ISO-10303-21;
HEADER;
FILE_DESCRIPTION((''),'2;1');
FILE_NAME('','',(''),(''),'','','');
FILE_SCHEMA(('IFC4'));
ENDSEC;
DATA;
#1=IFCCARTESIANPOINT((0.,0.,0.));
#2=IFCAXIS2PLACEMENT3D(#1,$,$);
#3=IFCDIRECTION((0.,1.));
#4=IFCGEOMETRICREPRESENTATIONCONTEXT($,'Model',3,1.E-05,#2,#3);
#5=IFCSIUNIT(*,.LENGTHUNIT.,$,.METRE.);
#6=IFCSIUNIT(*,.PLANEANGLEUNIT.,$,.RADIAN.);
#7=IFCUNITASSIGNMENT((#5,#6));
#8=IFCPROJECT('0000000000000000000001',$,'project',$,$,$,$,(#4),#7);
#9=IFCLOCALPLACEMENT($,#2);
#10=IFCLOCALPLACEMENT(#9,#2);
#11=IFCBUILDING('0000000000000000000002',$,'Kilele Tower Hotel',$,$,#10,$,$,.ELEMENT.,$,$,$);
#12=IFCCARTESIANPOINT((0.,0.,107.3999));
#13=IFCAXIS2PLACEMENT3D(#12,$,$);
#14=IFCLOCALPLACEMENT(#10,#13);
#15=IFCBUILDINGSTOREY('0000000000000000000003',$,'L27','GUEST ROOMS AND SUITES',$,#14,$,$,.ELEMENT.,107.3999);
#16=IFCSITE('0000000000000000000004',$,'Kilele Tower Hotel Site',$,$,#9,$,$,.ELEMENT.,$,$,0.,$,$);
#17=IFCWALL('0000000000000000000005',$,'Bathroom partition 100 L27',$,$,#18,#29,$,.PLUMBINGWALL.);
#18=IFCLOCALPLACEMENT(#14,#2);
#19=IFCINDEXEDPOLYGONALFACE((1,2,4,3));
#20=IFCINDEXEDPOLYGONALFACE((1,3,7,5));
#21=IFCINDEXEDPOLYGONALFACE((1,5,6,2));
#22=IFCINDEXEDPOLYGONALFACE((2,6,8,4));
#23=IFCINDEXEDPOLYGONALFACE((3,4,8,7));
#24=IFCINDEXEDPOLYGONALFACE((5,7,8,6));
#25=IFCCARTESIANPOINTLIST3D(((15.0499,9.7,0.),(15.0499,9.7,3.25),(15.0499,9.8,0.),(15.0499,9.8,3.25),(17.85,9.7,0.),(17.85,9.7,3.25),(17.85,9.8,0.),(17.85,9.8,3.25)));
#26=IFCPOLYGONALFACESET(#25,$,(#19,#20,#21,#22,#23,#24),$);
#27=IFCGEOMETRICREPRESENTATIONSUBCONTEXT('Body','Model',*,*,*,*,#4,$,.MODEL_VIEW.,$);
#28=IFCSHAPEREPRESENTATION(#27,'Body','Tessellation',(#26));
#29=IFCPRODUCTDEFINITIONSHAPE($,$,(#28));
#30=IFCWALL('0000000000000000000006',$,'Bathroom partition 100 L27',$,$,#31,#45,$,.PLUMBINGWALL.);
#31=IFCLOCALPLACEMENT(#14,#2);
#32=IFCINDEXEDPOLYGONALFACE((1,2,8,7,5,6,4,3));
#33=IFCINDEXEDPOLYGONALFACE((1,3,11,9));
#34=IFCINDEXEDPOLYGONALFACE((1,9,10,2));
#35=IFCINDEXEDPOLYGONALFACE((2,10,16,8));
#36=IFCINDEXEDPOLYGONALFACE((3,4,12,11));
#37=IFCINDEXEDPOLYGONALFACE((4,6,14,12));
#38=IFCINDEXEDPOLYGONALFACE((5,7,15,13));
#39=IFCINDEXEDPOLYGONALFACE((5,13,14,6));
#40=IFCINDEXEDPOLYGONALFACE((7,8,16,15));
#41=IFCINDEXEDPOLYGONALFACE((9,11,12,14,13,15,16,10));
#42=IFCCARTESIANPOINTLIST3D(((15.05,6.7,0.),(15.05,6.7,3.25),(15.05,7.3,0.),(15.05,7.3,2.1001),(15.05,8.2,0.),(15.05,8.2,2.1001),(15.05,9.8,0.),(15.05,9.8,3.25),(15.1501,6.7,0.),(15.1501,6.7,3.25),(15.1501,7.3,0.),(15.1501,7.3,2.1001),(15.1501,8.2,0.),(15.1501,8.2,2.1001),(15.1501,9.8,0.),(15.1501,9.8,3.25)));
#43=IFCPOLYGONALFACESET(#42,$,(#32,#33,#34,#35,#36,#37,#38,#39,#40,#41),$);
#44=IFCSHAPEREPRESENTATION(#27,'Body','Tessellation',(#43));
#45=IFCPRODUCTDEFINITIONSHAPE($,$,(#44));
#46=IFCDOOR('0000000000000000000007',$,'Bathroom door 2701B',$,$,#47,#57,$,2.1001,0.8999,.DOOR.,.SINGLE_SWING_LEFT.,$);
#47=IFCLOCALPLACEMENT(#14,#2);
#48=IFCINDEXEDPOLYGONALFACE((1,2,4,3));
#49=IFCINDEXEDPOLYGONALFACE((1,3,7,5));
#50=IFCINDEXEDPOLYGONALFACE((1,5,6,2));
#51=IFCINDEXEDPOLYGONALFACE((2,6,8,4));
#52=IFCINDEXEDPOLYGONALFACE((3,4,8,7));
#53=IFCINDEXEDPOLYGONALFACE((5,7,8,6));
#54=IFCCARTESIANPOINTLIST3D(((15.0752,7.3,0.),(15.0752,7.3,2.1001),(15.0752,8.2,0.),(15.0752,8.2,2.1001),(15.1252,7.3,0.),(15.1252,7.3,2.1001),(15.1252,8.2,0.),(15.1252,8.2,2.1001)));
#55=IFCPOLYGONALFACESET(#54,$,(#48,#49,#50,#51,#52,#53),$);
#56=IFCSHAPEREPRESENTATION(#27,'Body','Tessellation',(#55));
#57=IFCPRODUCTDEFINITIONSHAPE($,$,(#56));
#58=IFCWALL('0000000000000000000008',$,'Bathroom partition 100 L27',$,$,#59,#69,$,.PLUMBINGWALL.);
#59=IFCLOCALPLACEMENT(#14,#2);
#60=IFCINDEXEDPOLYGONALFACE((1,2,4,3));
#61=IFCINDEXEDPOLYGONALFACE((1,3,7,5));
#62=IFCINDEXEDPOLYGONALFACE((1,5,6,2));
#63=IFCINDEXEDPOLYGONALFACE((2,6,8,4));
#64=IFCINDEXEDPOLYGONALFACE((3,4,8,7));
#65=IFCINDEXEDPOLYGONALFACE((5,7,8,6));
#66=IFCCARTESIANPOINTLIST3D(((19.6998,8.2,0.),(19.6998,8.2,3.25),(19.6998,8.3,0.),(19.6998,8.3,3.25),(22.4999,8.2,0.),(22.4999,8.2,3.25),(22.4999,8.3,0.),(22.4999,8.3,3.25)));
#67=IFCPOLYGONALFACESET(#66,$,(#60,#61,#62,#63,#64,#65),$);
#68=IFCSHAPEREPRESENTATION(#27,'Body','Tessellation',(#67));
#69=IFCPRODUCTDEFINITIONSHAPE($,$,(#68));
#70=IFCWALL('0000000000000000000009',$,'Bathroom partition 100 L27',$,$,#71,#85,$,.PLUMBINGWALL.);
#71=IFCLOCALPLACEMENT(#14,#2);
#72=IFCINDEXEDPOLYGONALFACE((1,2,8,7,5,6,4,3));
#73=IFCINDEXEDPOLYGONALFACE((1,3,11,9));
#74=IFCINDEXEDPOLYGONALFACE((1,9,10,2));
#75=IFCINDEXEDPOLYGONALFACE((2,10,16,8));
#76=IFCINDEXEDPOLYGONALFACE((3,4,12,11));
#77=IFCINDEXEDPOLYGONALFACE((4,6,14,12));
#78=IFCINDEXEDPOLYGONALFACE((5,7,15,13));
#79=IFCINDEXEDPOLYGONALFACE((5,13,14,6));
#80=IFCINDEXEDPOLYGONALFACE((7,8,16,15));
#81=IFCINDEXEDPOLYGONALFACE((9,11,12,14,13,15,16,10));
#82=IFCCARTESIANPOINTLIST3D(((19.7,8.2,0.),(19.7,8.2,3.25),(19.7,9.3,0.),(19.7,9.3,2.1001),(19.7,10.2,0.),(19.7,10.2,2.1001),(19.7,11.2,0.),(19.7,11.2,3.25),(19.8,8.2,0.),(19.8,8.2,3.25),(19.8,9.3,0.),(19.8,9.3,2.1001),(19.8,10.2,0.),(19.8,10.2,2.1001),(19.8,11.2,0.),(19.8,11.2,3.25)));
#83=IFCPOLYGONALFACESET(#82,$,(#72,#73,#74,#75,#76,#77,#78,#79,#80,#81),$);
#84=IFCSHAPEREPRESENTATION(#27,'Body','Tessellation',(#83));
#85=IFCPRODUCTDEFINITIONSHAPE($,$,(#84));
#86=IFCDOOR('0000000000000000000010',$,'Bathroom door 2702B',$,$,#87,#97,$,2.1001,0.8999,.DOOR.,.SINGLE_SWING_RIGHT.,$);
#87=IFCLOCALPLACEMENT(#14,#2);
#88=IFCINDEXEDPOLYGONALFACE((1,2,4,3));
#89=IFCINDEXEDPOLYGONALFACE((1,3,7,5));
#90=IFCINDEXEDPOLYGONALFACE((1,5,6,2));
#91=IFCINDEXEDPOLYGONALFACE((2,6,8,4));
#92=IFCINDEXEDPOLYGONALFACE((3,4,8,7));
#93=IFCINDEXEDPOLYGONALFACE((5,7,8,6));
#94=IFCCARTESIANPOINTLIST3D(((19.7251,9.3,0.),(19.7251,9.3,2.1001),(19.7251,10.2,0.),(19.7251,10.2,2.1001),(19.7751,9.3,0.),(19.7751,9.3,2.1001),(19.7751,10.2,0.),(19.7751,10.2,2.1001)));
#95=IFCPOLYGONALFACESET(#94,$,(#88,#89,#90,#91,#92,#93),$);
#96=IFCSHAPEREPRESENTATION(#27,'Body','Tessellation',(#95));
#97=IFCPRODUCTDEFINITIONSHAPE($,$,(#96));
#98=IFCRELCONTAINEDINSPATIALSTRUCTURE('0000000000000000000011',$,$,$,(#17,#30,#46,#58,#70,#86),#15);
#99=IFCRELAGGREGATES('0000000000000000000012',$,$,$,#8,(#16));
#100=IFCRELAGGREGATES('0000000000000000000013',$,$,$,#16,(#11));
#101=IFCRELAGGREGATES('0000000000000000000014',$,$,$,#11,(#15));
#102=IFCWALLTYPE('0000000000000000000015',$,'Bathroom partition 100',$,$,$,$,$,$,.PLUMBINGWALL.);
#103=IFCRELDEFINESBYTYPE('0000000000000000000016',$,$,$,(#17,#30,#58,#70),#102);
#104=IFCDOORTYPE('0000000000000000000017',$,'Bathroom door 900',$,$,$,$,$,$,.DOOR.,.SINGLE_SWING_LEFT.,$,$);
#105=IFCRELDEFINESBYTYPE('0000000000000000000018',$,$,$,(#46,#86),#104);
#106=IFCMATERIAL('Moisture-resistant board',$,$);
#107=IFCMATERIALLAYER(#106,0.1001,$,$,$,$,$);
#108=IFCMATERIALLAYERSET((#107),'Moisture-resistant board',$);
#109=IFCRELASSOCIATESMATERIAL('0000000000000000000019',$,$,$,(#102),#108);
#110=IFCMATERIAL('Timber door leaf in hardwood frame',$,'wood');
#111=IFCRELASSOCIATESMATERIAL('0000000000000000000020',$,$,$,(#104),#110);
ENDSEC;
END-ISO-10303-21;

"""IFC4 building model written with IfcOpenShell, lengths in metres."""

from ifc_helpers import new_model, si_unit, direction, frame, frame_2d, origin, place, context, subcontext, project, spatial, rectangle, extrude, material, layer, layer_set, type_object, element, fill, save


model = new_model("IFC4")

# Units and contexts
model_context = context("Model", 3, precision=1e-05, world=origin(), true_north=direction((0.0, 1.0)))
body_context = subcontext(model_context, "Body", "Model", "MODEL_VIEW")
ifc_project = project(units=[si_unit("LENGTHUNIT", "METRE"), si_unit("PLANEANGLEUNIT", "RADIAN")], contexts=[model_context])

# Site, building, storey
site_placement = place(None, origin())
site = spatial("IfcSite", under=ifc_project, at=site_placement, Name="Kilele Tower Hotel Site", CompositionType="ELEMENT", RefElevation=0.0)
building_placement = place(site_placement, origin())
building = spatial("IfcBuilding", under=site, at=building_placement, Name="Kilele Tower Hotel", CompositionType="ELEMENT")
storey_placement = place(building_placement, frame((0.0, 0.0, 107.3999)))
storey = spatial("IfcBuildingStorey", under=building, at=storey_placement, Name="L27", Description="GUEST ROOMS AND SUITES", CompositionType="ELEMENT", Elevation=107.3999)

# Wall
ifc_material_1 = material(Name="Moisture-resistant board")
ifc_layer_1 = layer(ifc_material_1, 0.1001)
ifc_layer_set_1 = layer_set([ifc_layer_1], Name="Moisture-resistant board")
wall_type_1 = type_object("IfcWallType", Name="Bathroom partition 100", PredefinedType="PLUMBINGWALL", material=ifc_layer_set_1)
wall_1_placement = place(storey_placement, frame((15.05, 9.75, 0.0), z_axis=(0.0, 0.0, 1.0), x_axis=(1.0, 0.0, 0.0)))
element("IfcWall", 1, at=wall_1_placement, inside=storey, type_object=wall_type_1, Name="Bathroom partition 100 L27", PredefinedType="PLUMBINGWALL", context=body_context, shape_type="SweptSolid", body=[
    extrude(rectangle(XDim=2.8, YDim=0.1001, at=frame_2d((1.3999, 0.0))), origin(), (0.0, 0.0, 1.0), 3.25),
])

# Wall, opening, door
wall_2_placement = place(storey_placement, frame((15.1001, 9.8, 0.0), z_axis=(0.0, 0.0, 1.0), x_axis=(0.0, -1.0, 0.0)))
wall_2 = element("IfcWall", 2, at=wall_2_placement, inside=storey, type_object=wall_type_1, Name="Bathroom partition 100 L27", PredefinedType="PLUMBINGWALL", context=body_context, shape_type="SweptSolid", body=[
    extrude(rectangle(XDim=3.1001, YDim=0.1001, at=frame_2d((1.55, 0.0))), origin(), (0.0, 0.0, 1.0), 3.25),
])
opening_1_placement = place(wall_2_placement, frame((2.5, 0.0, 0.0), z_axis=(0.0, 0.0, 1.0), x_axis=(-1.0, 0.0, 0.0)))
opening_1 = element("IfcOpeningElement", 3, at=opening_1_placement, cuts=wall_2, PredefinedType="OPENING", context=body_context, shape_type="SweptSolid", body=[
    extrude(rectangle(XDim=0.8999, YDim=2.1001, at=frame_2d((0.45, 1.05))), frame((0.0, 0.0601, 0.0), z_axis=(0.0, -1.0, 0.0), x_axis=(1.0, 0.0, 0.0)), (0.0, 0.0, 1.0), 0.1201),
])
ifc_material_2 = material(Name="Timber door leaf in hardwood frame", Category="wood")
door_type_1 = type_object("IfcDoorType", Name="Bathroom door 900", OperationType="SINGLE_SWING_LEFT", PredefinedType="DOOR", material=ifc_material_2)
door_1_placement = place(opening_1_placement, origin())
door_1 = element("IfcDoor", 4, at=door_1_placement, inside=storey, type_object=door_type_1, Name="Bathroom door 2701B", OperationType="SINGLE_SWING_LEFT", OverallHeight=2.1001, OverallWidth=0.8999, PredefinedType="DOOR", context=body_context, shape_type="SweptSolid", body=[
    extrude(rectangle(XDim=0.8999, YDim=2.1001, at=frame_2d((0.45, 1.05))), frame((0.0, 0.0249, 0.0), z_axis=(0.0, -1.0, 0.0), x_axis=(1.0, 0.0, 0.0)), (0.0, 0.0, 1.0), 0.05),
])
fill(opening_1, door_1)

# Wall
wall_3_placement = place(storey_placement, frame((19.7, 8.25, 0.0), z_axis=(0.0, 0.0, 1.0), x_axis=(1.0, 0.0, 0.0)))
element("IfcWall", 5, at=wall_3_placement, inside=storey, type_object=wall_type_1, Name="Bathroom partition 100 L27", PredefinedType="PLUMBINGWALL", context=body_context, shape_type="SweptSolid", body=[
    extrude(rectangle(XDim=2.8, YDim=0.1001, at=frame_2d((1.3999, 0.0))), origin(), (0.0, 0.0, 1.0), 3.25),
])

# Wall, opening, door
wall_4_placement = place(storey_placement, frame((19.75, 11.2, 0.0), z_axis=(0.0, 0.0, 1.0), x_axis=(0.0, -1.0, 0.0)))
wall_4 = element("IfcWall", 6, at=wall_4_placement, inside=storey, type_object=wall_type_1, Name="Bathroom partition 100 L27", PredefinedType="PLUMBINGWALL", context=body_context, shape_type="SweptSolid", body=[
    extrude(rectangle(XDim=3.0, YDim=0.1001, at=frame_2d((1.5, 0.0))), origin(), (0.0, 0.0, 1.0), 3.25),
])
opening_2_placement = place(wall_4_placement, frame((1.8999, 0.0, 0.0), z_axis=(0.0, 0.0, 1.0), x_axis=(-1.0, 0.0, 0.0)))
opening_2 = element("IfcOpeningElement", 7, at=opening_2_placement, cuts=wall_4, PredefinedType="OPENING", context=body_context, shape_type="SweptSolid", body=[
    extrude(rectangle(XDim=0.8999, YDim=2.1001, at=frame_2d((0.45, 1.05))), frame((0.0, 0.0601, 0.0), z_axis=(0.0, -1.0, 0.0), x_axis=(1.0, 0.0, 0.0)), (0.0, 0.0, 1.0), 0.1201),
])
door_2_placement = place(opening_2_placement, origin())
door_2 = element("IfcDoor", 8, at=door_2_placement, inside=storey, type_object=door_type_1, Name="Bathroom door 2702B", OperationType="SINGLE_SWING_RIGHT", OverallHeight=2.1001, OverallWidth=0.8999, PredefinedType="DOOR", context=body_context, shape_type="SweptSolid", body=[
    extrude(rectangle(XDim=0.8999, YDim=2.1001, at=frame_2d((0.45, 1.05))), frame((0.0, 0.0249, 0.0), z_axis=(0.0, -1.0, 0.0), x_axis=(1.0, 0.0, 0.0)), (0.0, 0.0, 1.0), 0.05),
])
fill(opening_2, door_2)

save(model, "model.ifc")
